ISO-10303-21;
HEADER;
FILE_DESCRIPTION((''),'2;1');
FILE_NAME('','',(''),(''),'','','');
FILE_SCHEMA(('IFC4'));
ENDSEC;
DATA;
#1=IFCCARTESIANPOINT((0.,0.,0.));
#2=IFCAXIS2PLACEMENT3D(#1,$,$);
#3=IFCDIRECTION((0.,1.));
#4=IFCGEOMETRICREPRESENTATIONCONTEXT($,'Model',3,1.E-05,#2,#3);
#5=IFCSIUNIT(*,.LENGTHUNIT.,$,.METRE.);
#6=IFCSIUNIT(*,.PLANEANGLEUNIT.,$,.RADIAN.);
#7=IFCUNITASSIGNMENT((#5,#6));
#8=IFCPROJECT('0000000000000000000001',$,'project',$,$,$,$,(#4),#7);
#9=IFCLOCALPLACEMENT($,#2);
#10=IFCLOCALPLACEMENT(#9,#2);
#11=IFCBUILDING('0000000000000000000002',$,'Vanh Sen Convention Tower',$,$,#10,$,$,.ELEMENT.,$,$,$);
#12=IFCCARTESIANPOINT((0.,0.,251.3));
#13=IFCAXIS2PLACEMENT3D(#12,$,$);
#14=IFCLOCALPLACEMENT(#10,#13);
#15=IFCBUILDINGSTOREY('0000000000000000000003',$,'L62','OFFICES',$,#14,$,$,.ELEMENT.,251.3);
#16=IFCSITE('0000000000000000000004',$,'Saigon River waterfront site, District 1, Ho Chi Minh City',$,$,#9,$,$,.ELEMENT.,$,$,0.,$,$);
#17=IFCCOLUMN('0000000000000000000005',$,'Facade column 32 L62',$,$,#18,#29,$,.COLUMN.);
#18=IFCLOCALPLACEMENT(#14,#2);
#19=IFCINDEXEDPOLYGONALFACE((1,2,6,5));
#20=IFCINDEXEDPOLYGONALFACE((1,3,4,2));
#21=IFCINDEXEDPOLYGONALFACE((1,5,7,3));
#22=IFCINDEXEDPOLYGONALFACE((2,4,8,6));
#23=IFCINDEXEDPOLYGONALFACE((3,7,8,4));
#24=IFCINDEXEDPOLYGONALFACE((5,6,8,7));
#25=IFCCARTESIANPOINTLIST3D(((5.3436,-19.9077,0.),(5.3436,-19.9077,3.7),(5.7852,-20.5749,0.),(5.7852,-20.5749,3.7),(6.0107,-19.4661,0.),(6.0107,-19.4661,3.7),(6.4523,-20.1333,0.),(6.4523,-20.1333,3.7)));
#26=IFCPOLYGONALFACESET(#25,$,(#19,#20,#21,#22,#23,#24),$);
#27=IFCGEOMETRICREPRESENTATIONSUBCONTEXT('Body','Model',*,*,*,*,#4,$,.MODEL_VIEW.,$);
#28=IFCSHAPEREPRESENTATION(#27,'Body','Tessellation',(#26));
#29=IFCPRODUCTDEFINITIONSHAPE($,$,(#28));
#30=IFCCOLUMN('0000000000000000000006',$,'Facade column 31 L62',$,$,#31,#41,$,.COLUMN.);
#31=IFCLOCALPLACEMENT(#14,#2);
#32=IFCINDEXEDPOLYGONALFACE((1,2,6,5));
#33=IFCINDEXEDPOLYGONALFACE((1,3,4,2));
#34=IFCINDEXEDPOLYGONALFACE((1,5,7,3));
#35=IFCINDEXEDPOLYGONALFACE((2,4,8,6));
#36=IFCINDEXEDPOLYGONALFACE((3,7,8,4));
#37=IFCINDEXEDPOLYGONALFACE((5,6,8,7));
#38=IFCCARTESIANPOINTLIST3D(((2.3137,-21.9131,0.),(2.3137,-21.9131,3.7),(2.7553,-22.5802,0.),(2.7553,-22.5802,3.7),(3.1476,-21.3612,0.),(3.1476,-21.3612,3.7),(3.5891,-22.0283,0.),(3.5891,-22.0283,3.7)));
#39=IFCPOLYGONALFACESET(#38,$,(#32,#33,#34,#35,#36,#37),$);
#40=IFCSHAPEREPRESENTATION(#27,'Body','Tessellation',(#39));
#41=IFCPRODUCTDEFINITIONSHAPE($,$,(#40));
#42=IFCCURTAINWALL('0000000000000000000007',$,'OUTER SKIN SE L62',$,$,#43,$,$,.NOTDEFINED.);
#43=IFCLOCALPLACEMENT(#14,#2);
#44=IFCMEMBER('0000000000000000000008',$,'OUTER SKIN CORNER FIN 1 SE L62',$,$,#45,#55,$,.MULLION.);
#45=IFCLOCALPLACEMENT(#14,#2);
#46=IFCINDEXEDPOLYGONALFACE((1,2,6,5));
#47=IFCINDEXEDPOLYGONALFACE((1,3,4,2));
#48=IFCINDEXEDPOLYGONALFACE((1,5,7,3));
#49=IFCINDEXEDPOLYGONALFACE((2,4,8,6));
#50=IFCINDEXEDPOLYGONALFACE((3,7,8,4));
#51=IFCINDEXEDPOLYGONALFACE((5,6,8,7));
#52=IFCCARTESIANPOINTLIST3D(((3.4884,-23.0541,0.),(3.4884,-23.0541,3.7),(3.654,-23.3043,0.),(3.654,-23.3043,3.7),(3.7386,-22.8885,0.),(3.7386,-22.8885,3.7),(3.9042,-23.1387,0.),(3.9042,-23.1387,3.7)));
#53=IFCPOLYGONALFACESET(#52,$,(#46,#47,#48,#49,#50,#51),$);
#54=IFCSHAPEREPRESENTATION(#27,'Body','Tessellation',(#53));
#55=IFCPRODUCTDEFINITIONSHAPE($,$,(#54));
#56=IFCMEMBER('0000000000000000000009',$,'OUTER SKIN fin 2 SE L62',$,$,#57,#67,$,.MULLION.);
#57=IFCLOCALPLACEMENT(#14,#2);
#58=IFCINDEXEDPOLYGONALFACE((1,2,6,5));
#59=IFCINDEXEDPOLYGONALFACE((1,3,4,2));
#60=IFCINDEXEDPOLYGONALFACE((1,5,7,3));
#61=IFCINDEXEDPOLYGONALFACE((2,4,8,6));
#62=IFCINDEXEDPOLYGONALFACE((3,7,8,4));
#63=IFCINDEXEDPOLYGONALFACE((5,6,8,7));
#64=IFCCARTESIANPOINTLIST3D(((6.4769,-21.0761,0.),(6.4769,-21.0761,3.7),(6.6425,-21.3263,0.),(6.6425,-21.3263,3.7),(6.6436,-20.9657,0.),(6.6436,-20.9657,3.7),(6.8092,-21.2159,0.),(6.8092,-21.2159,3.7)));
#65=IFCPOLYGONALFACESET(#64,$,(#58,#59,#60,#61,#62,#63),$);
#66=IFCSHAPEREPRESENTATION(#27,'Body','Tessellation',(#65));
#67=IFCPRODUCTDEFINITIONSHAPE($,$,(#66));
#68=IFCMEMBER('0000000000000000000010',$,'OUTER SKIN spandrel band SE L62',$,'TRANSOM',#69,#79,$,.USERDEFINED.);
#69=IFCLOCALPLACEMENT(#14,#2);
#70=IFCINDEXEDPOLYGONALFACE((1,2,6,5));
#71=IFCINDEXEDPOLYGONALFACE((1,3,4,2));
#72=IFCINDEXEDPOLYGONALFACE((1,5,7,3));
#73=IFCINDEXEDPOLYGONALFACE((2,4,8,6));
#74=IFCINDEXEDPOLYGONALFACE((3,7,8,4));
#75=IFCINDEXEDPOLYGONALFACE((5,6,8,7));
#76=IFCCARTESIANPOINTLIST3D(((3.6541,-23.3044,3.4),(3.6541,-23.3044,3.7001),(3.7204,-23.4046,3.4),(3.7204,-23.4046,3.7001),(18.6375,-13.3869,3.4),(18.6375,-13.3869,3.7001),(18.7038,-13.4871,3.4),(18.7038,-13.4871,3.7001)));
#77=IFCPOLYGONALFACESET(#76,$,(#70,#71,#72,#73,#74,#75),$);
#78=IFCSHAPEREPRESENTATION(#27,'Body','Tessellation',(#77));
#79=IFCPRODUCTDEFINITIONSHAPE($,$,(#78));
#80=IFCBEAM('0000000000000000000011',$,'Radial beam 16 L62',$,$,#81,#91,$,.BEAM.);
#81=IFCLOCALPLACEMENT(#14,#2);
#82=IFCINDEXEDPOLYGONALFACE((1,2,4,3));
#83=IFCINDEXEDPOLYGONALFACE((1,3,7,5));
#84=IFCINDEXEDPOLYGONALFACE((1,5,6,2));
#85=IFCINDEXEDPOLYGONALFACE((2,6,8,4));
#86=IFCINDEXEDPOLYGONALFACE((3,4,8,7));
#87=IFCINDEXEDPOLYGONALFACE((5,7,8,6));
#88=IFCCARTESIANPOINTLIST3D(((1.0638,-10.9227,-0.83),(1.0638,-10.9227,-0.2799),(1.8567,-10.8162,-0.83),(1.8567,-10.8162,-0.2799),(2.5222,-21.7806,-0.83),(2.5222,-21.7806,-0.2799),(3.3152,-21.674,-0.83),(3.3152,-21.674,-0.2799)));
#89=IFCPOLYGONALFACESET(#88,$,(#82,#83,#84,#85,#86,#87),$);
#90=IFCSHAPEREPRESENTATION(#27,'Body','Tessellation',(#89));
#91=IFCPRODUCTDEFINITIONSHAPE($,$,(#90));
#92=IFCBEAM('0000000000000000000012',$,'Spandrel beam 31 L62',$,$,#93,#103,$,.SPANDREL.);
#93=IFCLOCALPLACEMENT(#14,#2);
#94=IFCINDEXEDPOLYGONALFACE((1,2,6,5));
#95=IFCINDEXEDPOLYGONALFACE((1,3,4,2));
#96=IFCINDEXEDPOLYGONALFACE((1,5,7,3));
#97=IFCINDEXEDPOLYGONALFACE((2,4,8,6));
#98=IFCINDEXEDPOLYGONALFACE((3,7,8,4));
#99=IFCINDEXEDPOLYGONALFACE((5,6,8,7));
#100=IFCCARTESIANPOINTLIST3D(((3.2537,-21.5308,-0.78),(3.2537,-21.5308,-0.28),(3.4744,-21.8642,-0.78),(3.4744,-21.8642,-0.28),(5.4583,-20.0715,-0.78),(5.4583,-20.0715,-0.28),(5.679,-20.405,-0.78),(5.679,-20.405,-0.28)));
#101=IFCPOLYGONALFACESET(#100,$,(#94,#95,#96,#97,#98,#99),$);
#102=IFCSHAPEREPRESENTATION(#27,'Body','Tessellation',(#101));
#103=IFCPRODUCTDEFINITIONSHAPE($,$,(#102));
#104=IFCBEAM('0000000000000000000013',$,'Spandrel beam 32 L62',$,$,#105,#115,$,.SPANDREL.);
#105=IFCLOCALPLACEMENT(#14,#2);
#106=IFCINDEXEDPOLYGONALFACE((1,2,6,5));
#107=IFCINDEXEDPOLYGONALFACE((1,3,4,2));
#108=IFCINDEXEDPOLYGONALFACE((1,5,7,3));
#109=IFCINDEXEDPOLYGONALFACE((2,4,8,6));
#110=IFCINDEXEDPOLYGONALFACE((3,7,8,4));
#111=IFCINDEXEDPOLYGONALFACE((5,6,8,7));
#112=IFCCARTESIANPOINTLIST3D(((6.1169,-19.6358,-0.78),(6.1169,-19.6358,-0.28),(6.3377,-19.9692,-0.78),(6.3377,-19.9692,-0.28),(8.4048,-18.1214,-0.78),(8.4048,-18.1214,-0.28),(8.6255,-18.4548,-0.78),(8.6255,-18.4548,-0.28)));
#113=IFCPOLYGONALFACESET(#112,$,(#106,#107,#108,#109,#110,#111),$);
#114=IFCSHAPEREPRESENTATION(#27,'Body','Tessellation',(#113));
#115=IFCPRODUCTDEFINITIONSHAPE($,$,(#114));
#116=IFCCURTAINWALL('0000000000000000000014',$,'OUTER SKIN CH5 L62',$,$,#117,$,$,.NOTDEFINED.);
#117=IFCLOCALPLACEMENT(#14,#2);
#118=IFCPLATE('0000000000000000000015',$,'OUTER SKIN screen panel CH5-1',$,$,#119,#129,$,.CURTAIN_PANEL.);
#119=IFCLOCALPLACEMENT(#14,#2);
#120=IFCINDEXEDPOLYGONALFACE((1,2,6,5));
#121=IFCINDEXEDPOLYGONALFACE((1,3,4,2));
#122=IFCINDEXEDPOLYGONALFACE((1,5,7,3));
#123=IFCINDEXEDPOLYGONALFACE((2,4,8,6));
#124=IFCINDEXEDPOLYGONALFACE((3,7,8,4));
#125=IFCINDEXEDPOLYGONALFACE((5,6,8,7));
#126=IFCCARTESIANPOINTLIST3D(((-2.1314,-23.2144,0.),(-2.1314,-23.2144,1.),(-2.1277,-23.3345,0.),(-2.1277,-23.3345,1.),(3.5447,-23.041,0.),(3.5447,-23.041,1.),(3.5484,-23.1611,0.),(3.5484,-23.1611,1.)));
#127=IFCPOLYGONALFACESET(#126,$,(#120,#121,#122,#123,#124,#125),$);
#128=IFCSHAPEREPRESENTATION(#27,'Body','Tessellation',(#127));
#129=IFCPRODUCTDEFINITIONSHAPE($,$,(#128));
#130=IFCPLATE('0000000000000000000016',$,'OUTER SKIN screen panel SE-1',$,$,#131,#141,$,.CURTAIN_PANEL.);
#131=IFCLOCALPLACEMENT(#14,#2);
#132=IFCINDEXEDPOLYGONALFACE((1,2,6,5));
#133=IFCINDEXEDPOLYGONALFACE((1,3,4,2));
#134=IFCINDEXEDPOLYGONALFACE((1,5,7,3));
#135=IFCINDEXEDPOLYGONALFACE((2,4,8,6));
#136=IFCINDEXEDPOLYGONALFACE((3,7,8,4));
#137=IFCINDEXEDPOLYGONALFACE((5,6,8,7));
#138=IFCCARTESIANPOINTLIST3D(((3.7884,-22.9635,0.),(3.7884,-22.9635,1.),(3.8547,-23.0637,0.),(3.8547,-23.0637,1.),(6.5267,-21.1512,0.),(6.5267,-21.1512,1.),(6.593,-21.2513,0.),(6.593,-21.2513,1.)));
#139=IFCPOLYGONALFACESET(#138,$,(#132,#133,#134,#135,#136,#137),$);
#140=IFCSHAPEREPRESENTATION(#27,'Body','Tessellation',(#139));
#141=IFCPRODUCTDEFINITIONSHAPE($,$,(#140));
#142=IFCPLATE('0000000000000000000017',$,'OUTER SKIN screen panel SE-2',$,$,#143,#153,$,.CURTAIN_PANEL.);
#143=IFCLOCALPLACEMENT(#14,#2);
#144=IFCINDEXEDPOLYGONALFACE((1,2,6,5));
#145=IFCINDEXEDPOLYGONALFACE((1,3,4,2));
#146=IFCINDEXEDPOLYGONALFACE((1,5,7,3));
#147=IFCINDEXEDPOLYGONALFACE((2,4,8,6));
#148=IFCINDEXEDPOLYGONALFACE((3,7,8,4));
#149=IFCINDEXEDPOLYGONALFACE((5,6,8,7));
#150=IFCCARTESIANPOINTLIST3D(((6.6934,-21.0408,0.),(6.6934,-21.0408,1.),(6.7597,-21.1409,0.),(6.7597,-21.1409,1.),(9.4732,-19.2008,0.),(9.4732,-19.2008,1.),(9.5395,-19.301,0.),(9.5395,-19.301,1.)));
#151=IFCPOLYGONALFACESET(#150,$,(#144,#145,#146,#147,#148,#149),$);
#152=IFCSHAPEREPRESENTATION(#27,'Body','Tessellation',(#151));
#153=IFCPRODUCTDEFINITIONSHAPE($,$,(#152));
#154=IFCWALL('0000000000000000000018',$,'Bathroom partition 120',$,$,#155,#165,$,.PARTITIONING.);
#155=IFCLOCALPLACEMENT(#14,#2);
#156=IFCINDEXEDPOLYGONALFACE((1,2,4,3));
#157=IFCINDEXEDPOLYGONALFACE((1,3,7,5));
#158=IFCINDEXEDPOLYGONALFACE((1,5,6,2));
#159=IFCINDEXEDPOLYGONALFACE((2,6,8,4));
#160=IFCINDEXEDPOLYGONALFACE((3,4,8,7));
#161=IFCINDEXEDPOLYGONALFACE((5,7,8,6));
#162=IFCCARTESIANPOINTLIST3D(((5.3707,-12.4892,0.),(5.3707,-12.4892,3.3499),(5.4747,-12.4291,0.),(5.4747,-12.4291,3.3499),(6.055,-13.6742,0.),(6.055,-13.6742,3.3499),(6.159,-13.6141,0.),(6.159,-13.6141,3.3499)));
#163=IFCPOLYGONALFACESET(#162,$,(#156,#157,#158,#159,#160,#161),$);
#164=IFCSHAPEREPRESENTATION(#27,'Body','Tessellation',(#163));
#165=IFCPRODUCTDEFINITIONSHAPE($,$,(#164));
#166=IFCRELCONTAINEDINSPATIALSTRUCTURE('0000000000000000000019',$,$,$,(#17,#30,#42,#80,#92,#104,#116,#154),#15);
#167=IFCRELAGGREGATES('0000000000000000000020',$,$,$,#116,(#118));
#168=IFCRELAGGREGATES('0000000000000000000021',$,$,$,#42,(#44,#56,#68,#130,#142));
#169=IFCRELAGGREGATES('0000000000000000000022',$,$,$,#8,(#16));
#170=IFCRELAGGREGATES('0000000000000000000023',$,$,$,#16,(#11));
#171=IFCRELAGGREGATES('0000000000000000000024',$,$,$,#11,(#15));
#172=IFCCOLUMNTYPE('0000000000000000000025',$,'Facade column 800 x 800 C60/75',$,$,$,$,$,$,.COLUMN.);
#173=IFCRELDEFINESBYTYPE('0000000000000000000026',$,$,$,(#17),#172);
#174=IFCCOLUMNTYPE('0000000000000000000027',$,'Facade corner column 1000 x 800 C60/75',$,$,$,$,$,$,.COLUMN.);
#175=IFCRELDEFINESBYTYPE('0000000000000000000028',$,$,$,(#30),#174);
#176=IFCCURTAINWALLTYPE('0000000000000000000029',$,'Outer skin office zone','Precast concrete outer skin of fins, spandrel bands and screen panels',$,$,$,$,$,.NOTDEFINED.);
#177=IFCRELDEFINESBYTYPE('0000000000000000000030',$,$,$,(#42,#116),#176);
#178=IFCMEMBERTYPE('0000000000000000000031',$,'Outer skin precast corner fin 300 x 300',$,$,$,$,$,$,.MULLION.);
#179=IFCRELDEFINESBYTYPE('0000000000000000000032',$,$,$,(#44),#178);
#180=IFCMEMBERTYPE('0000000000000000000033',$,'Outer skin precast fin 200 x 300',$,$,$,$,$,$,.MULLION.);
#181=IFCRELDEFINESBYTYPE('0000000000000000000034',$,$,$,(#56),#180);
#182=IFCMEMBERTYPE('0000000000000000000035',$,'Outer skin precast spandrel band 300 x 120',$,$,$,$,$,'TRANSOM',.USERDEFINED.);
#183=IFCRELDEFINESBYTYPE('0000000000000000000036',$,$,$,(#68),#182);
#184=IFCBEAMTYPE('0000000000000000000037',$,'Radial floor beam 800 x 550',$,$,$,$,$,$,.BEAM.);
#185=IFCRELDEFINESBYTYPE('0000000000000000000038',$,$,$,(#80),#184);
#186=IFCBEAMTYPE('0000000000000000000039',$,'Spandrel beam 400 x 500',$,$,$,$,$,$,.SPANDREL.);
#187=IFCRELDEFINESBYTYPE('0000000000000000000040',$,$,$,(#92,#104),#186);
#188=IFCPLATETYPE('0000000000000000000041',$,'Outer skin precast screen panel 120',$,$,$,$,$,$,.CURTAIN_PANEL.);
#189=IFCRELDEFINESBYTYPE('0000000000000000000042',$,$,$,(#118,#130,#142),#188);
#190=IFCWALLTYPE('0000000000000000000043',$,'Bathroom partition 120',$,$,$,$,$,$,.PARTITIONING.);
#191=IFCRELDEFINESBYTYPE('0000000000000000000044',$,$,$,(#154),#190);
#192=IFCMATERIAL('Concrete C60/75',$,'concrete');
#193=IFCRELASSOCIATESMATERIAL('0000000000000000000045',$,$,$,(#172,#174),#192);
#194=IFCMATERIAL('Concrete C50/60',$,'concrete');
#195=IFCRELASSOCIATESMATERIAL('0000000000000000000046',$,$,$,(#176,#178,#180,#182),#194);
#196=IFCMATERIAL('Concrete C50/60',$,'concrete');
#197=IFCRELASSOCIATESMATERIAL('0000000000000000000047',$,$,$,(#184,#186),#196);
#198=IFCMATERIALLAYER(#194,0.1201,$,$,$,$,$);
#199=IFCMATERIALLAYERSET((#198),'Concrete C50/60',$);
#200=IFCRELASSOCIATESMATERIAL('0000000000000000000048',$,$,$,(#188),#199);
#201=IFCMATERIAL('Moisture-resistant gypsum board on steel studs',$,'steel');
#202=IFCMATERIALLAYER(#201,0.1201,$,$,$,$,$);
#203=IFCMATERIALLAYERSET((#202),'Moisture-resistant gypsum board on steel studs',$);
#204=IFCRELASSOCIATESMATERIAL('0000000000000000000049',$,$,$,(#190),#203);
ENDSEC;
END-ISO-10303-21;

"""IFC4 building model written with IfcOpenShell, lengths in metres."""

from ifc_helpers import new_model, si_unit, direction, frame, frame_2d, origin, origin_2d, place, context, subcontext, project, spatial, rectangle, extrude, material, layer, layer_set, material_profile, profile_set, type_object, element, aggregate, save


model = new_model("IFC4")

# Units and contexts
model_context = context("Model", 3, precision=1e-05, world=origin(), true_north=direction((0.0, 1.0)))
body_context = subcontext(model_context, "Body", "Model", "MODEL_VIEW")
ifc_project = project(units=[si_unit("LENGTHUNIT", "METRE"), si_unit("PLANEANGLEUNIT", "RADIAN")], contexts=[model_context])

# Site, building, storey
site_placement = place(None, origin())
site = spatial("IfcSite", under=ifc_project, at=site_placement, Name="Saigon River waterfront site, District 1, Ho Chi Minh City", CompositionType="ELEMENT", RefElevation=0.0)
building_placement = place(site_placement, origin())
building = spatial("IfcBuilding", under=site, at=building_placement, Name="Vanh Sen Convention Tower", CompositionType="ELEMENT")
storey_placement = place(building_placement, frame((0.0, 0.0, 251.3)))
storey = spatial("IfcBuildingStorey", under=building, at=storey_placement, Name="L62", Description="OFFICES", CompositionType="ELEMENT", Elevation=251.3)

# Columns
ifc_material_1 = material(Name="Concrete C60/75", Category="concrete")
ifc_material_profile_1 = material_profile(ifc_material_1, rectangle(XDim=0.8, YDim=0.8, at=origin_2d()), Name="RC 800X800")
ifc_profile_set_1 = profile_set([ifc_material_profile_1], Name="Concrete C60/75")
column_type_1 = type_object("IfcColumnType", Name="Facade column 800 x 800 C60/75", PredefinedType="COLUMN", material=ifc_profile_set_1)
column_1_placement = place(storey_placement, frame((5.8979, -20.0205, 0.0), z_axis=(0.0, 0.0, 1.0), x_axis=(0.833886, 0.551937, 0.0)))
element("IfcColumn", 1, at=column_1_placement, inside=storey, type_object=column_type_1, Name="Facade column 32 L62", PredefinedType="COLUMN", context=body_context, shape_type="SweptSolid", body=[
    extrude(rectangle(XDim=0.8, YDim=0.8, at=origin_2d()), origin(), (0.0, 0.0, 1.0), 3.7),
])
ifc_material_profile_2 = material_profile(ifc_material_1, rectangle(XDim=1.0, YDim=0.8, at=origin_2d()), Name="RC 1000X800")
ifc_profile_set_2 = profile_set([ifc_material_profile_2], Name="Concrete C60/75")
column_type_2 = type_object("IfcColumnType", Name="Facade corner column 1000 x 800 C60/75", PredefinedType="COLUMN", material=ifc_profile_set_2)
column_2_placement = place(storey_placement, frame((2.9514, -21.9707, 0.0), z_axis=(0.0, 0.0, 1.0), x_axis=(0.833886, 0.551937, 0.0)))
element("IfcColumn", 2, at=column_2_placement, inside=storey, type_object=column_type_2, Name="Facade column 31 L62", PredefinedType="COLUMN", context=body_context, shape_type="SweptSolid", body=[
    extrude(rectangle(XDim=1.0, YDim=0.8, at=origin_2d()), origin(), (0.0, 0.0, 1.0), 3.7),
])

# Curtain wall, members
ifc_material_2 = material(Name="Concrete C50/60", Category="concrete")
curtain_wall_type = type_object("IfcCurtainWallType", Name="Outer skin office zone", Description="Precast concrete outer skin of fins, spandrel bands and screen panels", PredefinedType="NOTDEFINED", material=ifc_material_2)
curtain_wall_1_placement = place(storey_placement, origin())
curtain_wall_1 = element("IfcCurtainWall", 3, at=curtain_wall_1_placement, inside=storey, type_object=curtain_wall_type, Name="OUTER SKIN SE L62", PredefinedType="NOTDEFINED")
ifc_material_profile_3 = material_profile(ifc_material_2, rectangle(XDim=0.3, YDim=0.3, at=origin_2d()), Name="Outer skin precast corner fin 300 x 300")
ifc_profile_set_3 = profile_set([ifc_material_profile_3], Name="Concrete C50/60")
member_type_1 = type_object("IfcMemberType", Name="Outer skin precast corner fin 300 x 300", PredefinedType="MULLION", material=ifc_profile_set_3)
member_1_placement = place(storey_placement, frame((3.6963, -23.0964, 0.0), z_axis=(0.0, 0.0, 1.0), x_axis=(0.833886, 0.551937, 0.0)))
member_1 = element("IfcMember", 4, at=member_1_placement, type_object=member_type_1, Name="OUTER SKIN CORNER FIN 1 SE L62", PredefinedType="MULLION", context=body_context, shape_type="SweptSolid", body=[
    extrude(rectangle(XDim=0.3, YDim=0.3, at=origin_2d()), origin(), (0.0, 0.0, 1.0), 3.7),
])
ifc_material_profile_4 = material_profile(ifc_material_2, rectangle(XDim=0.2, YDim=0.3, at=origin_2d()), Name="Outer skin precast fin 200 x 300")
ifc_profile_set_4 = profile_set([ifc_material_profile_4], Name="Concrete C50/60")
member_type_2 = type_object("IfcMemberType", Name="Outer skin precast fin 200 x 300", PredefinedType="MULLION", material=ifc_profile_set_4)
member_2_placement = place(storey_placement, frame((6.6431, -21.146, 0.0), z_axis=(0.0, 0.0, 1.0), x_axis=(0.833886, 0.551937, 0.0)))
member_2 = element("IfcMember", 5, at=member_2_placement, type_object=member_type_2, Name="OUTER SKIN fin 2 SE L62", PredefinedType="MULLION", context=body_context, shape_type="SweptSolid", body=[
    extrude(rectangle(XDim=0.2, YDim=0.3, at=origin_2d()), origin(), (0.0, 0.0, 1.0), 3.7),
])
ifc_material_profile_5 = material_profile(ifc_material_2, rectangle(XDim=0.1201, YDim=0.3, at=origin_2d()), Name="Outer skin precast spandrel band 300 x 120")
ifc_profile_set_5 = profile_set([ifc_material_profile_5], Name="Concrete C50/60")
member_type_3 = type_object("IfcMemberType", Name="Outer skin precast spandrel band 300 x 120", ElementType="TRANSOM", PredefinedType="USERDEFINED", material=ifc_profile_set_5)
member_3_placement = place(storey_placement, frame((3.6873, -23.3545, 3.55), z_axis=(0.833881, 0.551944, 0.0), x_axis=(-0.551944, 0.833881, 0.0)))
member_3 = element("IfcMember", 6, at=member_3_placement, type_object=member_type_3, Name="OUTER SKIN spandrel band SE L62", ObjectType="TRANSOM", PredefinedType="USERDEFINED", context=body_context, shape_type="SweptSolid", body=[
    extrude(rectangle(XDim=0.1201, YDim=0.3, at=origin_2d()), origin(), (0.0, 0.0, 1.0), 17.9683),
])

# Beams
ifc_material_3 = material(Name="Concrete C50/60", Category="concrete")
ifc_material_profile_6 = material_profile(ifc_material_3, rectangle(XDim=0.8, YDim=0.55, at=origin_2d()), Name="RC 800X550")
ifc_profile_set_6 = profile_set([ifc_material_profile_6], Name="Concrete C50/60")
beam_type_1 = type_object("IfcBeamType", Name="Radial floor beam 800 x 550", PredefinedType="BEAM", material=ifc_profile_set_6)
beam_1_placement = place(storey_placement, frame((2.9187, -21.7273, -0.5549), z_axis=(-0.13313, 0.991099, 0.0), x_axis=(-0.991099, -0.13313, 0.0)))
element("IfcBeam", 7, at=beam_1_placement, inside=storey, type_object=beam_type_1, Name="Radial beam 16 L62", PredefinedType="BEAM", context=body_context, shape_type="SweptSolid", body=[
    extrude(rectangle(XDim=0.8, YDim=0.55, at=origin_2d()), origin(), (0.0, 0.0, 1.0), 10.9553),
])
ifc_material_profile_7 = material_profile(ifc_material_3, rectangle(XDim=0.3999, YDim=0.5, at=origin_2d()), Name="RC 400X500")
ifc_profile_set_7 = profile_set([ifc_material_profile_7], Name="Concrete C50/60")
beam_type_2 = type_object("IfcBeamType", Name="Spandrel beam 400 x 500", PredefinedType="SPANDREL", material=ifc_profile_set_7)
beam_2_placement = place(storey_placement, frame((3.364, -21.6975, -0.53), z_axis=(0.833878, 0.551948, 0.0), x_axis=(-0.551948, 0.833878, 0.0)))
element("IfcBeam", 8, at=beam_2_placement, inside=storey, type_object=beam_type_2, Name="Spandrel beam 31 L62", PredefinedType="SPANDREL", context=body_context, shape_type="SweptSolid", body=[
    extrude(rectangle(XDim=0.3999, YDim=0.5, at=origin_2d()), origin(), (0.0, 0.0, 1.0), 2.6438),
])
beam_3_placement = place(storey_placement, frame((6.2273, -19.8025, -0.53), z_axis=(0.833867, 0.551966, 0.0), x_axis=(-0.551966, 0.833867, 0.0)))
element("IfcBeam", 9, at=beam_3_placement, inside=storey, type_object=beam_type_2, Name="Spandrel beam 32 L62", PredefinedType="SPANDREL", context=body_context, shape_type="SweptSolid", body=[
    extrude(rectangle(XDim=0.3999, YDim=0.5, at=origin_2d()), origin(), (0.0, 0.0, 1.0), 2.7437),
])

# Curtain wall, plate
curtain_wall_2_placement = place(storey_placement, origin())
curtain_wall_2 = element("IfcCurtainWall", 10, at=curtain_wall_2_placement, inside=storey, type_object=curtain_wall_type, Name="OUTER SKIN CH5 L62", PredefinedType="NOTDEFINED")
ifc_layer_1 = layer(ifc_material_2, 0.1201)
ifc_layer_set_1 = layer_set([ifc_layer_1], Name="Concrete C50/60")
plate_type = type_object("IfcPlateType", Name="Outer skin precast screen panel 120", PredefinedType="CURTAIN_PANEL", material=ifc_layer_set_1)
plate_1_placement = place(storey_placement, frame((0.7085, -23.1877, 0.0), z_axis=(0.0, 0.0, 1.0), x_axis=(0.999534, 0.03054, 0.0)))
plate_1 = element("IfcPlate", 11, at=plate_1_placement, type_object=plate_type, Name="OUTER SKIN screen panel CH5-1", PredefinedType="CURTAIN_PANEL", context=body_context, shape_type="SweptSolid", body=[
    extrude(rectangle(XDim=5.6787, YDim=0.1201, at=origin_2d()), origin(), (0.0, 0.0, 1.0), 1.0),
])
aggregate(curtain_wall_2, [plate_1])

# Plates
plate_2_placement = place(storey_placement, frame((5.1907, -22.1074, 0.0), z_axis=(0.0, 0.0, 1.0), x_axis=(0.833896, 0.551921, 0.0)))
plate_2 = element("IfcPlate", 12, at=plate_2_placement, type_object=plate_type, Name="OUTER SKIN screen panel SE-1", PredefinedType="CURTAIN_PANEL", context=body_context, shape_type="SweptSolid", body=[
    extrude(rectangle(XDim=3.2837, YDim=0.1201, at=origin_2d()), origin(), (0.0, 0.0, 1.0), 1.0),
])
plate_3_placement = place(storey_placement, frame((8.1165, -20.1709, 0.0), z_axis=(0.0, 0.0, 1.0), x_axis=(0.833874, 0.551954, 0.0)))
plate_3 = element("IfcPlate", 13, at=plate_3_placement, type_object=plate_type, Name="OUTER SKIN screen panel SE-2", PredefinedType="CURTAIN_PANEL", context=body_context, shape_type="SweptSolid", body=[
    extrude(rectangle(XDim=3.3335, YDim=0.1201, at=origin_2d()), origin(), (0.0, 0.0, 1.0), 1.0),
])
aggregate(curtain_wall_1, [member_1, member_2, member_3, plate_2, plate_3])

# Wall
ifc_material_4 = material(Name="Moisture-resistant gypsum board on steel studs", Category="steel")
ifc_layer_2 = layer(ifc_material_4, 0.1201)
ifc_layer_set_2 = layer_set([ifc_layer_2], Name="Moisture-resistant gypsum board on steel studs")
wall_type_1 = type_object("IfcWallType", Name="Bathroom partition 120", PredefinedType="PARTITIONING", material=ifc_layer_set_2)
wall_1_placement = place(storey_placement, frame((6.1069, -13.644, 0.0), z_axis=(0.0, 0.0, 1.0), x_axis=(-0.500072, 0.865984, 0.0)))
element("IfcWall", 14, at=wall_1_placement, inside=storey, type_object=wall_type_1, Name="Bathroom partition 120", PredefinedType="PARTITIONING", context=body_context, shape_type="SweptSolid", body=[
    extrude(rectangle(XDim=1.3684, YDim=0.1201, at=frame_2d((0.6841, 0.0))), origin(), (0.0, 0.0, 1.0), 3.3499),
])

save(model, "model.ifc")
